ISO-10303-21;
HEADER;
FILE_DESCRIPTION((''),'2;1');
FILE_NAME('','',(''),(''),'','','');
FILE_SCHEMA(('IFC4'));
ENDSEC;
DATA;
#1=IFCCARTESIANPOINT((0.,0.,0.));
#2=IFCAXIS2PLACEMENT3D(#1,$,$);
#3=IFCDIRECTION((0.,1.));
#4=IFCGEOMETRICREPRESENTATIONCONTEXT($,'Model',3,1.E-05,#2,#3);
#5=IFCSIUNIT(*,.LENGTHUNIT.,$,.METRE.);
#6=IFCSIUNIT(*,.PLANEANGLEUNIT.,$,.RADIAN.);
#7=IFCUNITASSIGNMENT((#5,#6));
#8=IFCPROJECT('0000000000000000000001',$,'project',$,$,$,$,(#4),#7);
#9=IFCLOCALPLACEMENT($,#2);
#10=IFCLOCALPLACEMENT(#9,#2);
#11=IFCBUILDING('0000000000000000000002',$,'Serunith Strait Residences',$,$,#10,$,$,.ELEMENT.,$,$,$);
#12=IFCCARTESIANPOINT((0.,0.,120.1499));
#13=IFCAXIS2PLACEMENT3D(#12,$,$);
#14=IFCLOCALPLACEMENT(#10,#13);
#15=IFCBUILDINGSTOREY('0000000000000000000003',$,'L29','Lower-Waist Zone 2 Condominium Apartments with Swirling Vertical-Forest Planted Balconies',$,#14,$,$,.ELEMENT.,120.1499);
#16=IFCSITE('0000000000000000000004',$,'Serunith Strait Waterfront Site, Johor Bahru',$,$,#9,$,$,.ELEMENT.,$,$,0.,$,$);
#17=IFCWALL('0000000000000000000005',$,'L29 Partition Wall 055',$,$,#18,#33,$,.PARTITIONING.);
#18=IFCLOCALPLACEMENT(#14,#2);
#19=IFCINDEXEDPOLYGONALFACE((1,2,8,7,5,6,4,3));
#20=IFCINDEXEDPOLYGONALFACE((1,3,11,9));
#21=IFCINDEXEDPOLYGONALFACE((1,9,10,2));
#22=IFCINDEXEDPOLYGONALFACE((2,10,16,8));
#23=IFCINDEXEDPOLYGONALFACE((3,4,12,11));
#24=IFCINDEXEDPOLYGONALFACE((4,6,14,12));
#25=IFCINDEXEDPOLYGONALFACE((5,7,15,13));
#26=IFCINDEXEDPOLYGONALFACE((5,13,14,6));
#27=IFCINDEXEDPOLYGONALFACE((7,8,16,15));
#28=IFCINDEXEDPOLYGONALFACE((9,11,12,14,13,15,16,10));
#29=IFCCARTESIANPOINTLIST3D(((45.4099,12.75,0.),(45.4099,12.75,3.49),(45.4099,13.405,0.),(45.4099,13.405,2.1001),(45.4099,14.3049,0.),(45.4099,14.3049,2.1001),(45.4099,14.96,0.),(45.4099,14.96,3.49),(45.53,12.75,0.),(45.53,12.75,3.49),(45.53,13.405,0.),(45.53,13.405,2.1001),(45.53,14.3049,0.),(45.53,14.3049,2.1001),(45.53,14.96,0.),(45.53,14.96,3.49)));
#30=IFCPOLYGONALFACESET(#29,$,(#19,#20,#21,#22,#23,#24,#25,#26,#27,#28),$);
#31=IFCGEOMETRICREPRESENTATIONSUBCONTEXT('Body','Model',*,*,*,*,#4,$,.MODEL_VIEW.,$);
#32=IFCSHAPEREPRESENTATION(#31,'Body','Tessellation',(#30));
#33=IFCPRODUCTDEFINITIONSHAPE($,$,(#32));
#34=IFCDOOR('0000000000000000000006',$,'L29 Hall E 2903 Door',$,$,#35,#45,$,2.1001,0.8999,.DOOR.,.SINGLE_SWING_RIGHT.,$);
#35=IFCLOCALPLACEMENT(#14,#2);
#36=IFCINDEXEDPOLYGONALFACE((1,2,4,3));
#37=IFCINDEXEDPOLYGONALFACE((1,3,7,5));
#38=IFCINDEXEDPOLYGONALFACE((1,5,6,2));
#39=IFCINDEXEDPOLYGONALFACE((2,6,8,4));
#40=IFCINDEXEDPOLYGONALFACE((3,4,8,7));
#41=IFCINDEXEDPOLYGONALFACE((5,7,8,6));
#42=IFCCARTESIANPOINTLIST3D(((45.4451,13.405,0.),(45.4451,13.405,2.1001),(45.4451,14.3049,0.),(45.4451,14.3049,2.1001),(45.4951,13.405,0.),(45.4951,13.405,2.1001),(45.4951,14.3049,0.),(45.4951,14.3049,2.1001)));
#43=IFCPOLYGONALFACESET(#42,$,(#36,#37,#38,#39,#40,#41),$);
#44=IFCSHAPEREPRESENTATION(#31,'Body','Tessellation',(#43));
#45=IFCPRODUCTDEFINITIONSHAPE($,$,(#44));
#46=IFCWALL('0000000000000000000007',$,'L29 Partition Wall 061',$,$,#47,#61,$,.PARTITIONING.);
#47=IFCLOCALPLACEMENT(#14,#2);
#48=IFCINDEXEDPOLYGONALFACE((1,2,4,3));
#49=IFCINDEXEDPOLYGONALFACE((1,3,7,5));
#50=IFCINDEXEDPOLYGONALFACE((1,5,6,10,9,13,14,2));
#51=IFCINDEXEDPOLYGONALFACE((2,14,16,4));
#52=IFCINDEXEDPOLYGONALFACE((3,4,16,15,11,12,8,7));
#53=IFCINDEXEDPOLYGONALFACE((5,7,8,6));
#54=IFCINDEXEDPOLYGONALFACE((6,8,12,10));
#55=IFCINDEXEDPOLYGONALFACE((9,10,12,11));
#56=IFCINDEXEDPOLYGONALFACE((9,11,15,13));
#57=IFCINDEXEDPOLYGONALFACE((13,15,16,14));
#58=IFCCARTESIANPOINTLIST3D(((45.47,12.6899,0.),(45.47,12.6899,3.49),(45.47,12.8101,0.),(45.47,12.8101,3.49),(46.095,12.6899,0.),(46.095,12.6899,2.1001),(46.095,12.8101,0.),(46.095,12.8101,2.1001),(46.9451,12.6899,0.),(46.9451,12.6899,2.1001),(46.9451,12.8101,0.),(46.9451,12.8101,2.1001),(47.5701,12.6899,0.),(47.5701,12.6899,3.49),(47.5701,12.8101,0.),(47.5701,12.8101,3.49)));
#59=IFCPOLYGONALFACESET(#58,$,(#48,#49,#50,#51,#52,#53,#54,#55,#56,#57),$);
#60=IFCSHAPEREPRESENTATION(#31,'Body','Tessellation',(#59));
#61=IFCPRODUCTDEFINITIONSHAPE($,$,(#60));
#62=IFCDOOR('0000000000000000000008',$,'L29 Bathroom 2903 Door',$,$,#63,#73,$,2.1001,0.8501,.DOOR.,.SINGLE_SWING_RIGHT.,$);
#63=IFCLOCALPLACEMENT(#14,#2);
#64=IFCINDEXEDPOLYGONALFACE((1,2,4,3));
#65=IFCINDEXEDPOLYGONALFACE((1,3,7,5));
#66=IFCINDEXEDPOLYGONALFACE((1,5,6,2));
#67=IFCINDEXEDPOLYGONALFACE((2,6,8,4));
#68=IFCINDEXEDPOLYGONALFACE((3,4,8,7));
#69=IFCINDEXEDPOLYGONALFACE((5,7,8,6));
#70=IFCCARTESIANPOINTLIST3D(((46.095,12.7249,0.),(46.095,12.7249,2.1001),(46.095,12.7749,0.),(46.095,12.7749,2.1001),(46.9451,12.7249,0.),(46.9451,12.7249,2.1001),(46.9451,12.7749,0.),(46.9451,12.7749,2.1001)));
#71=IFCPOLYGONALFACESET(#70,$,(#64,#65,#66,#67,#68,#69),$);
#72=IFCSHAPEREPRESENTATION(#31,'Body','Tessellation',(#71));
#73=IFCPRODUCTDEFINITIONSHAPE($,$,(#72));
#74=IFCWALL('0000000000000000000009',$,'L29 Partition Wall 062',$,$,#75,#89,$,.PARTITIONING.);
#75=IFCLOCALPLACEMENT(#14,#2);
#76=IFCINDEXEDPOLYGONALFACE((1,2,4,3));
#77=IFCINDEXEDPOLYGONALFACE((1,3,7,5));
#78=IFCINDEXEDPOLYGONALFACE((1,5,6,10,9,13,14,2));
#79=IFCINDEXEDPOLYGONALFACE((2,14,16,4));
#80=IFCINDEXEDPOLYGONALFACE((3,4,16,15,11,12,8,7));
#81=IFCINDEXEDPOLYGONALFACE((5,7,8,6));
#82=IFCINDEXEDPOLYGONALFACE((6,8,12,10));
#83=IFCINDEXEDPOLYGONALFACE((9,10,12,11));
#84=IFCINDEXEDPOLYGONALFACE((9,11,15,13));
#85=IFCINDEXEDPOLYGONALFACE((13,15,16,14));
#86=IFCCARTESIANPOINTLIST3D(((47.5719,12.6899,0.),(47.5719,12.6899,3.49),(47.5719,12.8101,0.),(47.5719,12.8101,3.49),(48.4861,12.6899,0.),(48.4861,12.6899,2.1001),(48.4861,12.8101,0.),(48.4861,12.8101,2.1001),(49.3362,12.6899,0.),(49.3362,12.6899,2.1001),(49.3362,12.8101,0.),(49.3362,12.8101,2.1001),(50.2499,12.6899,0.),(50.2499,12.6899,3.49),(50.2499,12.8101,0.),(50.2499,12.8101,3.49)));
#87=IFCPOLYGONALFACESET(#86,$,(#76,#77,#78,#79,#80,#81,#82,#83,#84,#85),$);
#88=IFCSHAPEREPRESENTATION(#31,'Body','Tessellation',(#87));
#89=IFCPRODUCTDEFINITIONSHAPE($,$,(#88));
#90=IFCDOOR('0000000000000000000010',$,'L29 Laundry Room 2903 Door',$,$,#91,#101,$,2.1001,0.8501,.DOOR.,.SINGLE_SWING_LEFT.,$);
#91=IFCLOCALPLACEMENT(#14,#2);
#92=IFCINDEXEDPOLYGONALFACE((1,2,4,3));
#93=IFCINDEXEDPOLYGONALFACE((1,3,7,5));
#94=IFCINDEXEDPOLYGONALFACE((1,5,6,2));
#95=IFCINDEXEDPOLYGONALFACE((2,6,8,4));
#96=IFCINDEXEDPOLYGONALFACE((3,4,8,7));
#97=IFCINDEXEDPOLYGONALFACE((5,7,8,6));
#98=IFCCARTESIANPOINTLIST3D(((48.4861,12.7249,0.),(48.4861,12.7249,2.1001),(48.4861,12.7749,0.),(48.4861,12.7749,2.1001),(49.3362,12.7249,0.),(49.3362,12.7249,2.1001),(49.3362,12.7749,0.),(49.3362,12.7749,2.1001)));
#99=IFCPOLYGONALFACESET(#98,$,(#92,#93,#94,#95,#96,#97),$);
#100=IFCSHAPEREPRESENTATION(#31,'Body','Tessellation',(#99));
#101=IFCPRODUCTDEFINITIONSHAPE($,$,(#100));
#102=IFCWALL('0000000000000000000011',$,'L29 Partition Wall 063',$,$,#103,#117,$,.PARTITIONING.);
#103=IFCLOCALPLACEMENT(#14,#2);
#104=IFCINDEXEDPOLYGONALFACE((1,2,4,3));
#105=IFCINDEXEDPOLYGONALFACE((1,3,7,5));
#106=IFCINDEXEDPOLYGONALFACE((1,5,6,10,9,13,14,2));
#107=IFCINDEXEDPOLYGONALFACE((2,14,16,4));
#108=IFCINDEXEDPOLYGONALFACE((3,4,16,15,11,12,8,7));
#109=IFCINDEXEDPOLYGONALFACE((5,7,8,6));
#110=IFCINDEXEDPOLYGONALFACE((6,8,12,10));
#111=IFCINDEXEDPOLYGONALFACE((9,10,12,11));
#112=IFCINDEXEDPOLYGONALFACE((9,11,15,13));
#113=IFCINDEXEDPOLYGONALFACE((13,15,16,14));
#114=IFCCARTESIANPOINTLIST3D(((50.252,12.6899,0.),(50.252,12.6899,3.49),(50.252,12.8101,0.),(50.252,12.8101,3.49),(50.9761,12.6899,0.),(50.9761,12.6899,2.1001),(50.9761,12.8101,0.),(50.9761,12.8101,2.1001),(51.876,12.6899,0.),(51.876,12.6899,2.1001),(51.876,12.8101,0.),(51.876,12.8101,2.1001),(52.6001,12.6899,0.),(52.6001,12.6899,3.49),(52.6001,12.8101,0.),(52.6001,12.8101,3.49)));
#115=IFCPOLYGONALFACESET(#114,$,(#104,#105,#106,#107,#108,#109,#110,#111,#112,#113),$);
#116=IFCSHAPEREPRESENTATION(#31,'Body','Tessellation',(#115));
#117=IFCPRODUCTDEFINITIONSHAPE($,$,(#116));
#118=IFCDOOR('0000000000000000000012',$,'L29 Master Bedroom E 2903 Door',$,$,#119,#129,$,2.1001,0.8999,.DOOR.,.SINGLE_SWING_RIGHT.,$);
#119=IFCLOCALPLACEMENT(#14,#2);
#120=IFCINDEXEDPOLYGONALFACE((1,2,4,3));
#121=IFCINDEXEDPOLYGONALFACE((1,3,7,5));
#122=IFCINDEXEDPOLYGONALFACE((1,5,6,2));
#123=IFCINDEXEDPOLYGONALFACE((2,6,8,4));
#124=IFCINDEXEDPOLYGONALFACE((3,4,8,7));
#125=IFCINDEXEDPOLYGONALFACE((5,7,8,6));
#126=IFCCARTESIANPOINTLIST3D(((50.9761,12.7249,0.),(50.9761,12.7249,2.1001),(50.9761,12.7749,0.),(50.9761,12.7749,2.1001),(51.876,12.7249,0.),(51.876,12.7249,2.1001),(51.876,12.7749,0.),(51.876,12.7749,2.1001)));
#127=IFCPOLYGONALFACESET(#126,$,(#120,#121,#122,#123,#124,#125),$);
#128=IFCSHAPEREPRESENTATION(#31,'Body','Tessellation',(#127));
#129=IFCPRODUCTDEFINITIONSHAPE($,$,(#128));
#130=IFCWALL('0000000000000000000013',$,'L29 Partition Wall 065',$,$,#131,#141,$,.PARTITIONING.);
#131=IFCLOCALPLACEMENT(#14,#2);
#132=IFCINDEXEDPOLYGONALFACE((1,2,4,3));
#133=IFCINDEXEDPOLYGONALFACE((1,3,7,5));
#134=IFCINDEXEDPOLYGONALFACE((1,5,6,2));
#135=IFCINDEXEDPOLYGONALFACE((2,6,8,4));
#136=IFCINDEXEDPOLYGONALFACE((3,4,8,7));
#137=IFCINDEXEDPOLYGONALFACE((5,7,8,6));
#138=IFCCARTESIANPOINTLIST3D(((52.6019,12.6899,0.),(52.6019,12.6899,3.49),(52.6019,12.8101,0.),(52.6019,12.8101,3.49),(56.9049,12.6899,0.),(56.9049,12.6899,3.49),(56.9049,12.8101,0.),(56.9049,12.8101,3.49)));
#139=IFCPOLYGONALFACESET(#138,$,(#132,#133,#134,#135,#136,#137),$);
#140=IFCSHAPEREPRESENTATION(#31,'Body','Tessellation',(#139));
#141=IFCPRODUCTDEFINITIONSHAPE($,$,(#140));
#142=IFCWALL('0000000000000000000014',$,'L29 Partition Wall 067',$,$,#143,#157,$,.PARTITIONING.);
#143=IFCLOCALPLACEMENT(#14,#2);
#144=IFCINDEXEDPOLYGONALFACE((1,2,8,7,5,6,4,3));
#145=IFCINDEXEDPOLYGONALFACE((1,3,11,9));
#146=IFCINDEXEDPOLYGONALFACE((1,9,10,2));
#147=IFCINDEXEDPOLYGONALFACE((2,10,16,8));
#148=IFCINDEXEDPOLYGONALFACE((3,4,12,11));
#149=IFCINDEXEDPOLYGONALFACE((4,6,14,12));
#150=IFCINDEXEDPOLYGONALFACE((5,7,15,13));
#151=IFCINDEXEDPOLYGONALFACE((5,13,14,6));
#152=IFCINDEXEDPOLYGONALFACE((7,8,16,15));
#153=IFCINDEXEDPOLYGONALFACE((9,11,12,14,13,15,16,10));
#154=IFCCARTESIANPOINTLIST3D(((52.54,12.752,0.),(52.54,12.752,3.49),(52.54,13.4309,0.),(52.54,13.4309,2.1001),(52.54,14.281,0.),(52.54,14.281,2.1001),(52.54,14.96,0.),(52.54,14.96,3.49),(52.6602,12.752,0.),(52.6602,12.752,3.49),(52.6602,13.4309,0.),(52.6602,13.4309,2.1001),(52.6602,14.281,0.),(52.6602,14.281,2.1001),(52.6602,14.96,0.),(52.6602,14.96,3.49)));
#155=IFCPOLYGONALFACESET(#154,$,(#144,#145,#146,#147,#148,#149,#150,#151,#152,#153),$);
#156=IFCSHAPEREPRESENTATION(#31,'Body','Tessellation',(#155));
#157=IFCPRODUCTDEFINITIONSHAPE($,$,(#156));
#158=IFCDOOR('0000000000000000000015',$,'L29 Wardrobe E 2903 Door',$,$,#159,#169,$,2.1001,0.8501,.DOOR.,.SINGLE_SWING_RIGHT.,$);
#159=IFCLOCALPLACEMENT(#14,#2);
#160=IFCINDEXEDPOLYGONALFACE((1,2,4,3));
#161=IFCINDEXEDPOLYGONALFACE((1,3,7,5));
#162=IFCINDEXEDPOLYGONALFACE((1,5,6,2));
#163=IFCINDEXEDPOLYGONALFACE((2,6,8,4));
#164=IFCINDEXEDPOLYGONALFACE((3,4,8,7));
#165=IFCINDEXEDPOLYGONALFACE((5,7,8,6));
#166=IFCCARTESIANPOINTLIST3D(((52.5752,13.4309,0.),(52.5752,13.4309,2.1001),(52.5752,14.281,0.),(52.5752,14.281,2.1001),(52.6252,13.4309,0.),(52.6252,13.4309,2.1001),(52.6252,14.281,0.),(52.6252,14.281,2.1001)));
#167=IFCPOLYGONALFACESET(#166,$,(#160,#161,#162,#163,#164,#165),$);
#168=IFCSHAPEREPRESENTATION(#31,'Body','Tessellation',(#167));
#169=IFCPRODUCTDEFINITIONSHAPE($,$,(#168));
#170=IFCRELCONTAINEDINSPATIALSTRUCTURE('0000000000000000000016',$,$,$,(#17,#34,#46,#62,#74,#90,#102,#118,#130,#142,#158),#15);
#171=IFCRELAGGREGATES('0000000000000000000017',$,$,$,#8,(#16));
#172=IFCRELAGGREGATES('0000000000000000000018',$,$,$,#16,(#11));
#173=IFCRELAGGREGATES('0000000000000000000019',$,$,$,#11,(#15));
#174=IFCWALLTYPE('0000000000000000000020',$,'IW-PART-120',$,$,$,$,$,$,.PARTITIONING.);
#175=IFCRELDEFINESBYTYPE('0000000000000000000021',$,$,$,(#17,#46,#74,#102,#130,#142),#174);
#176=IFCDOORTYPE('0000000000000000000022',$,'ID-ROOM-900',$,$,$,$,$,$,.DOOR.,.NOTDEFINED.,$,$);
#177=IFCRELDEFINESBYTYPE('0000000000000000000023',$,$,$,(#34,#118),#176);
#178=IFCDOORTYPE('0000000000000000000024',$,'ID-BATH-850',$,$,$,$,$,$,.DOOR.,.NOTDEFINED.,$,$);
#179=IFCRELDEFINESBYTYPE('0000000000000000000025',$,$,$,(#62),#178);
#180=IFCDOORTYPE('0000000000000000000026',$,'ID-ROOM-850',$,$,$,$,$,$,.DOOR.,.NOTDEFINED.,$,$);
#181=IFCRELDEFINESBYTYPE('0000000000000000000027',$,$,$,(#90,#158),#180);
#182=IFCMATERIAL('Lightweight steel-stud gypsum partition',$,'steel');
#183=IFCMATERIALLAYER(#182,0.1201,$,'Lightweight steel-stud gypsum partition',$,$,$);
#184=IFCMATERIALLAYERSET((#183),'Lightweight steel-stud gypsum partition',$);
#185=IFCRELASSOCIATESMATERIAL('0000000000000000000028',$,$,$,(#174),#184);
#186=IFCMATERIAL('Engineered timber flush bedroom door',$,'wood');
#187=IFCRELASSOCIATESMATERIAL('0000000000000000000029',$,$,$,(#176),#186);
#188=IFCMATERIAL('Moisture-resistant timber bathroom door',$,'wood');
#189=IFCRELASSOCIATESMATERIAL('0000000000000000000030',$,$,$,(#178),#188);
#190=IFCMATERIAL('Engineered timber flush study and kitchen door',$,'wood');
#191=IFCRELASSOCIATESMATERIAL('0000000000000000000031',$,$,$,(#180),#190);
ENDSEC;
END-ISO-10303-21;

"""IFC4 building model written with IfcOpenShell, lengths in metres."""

from ifc_helpers import new_model, si_unit, direction, frame, frame_2d, origin, place, context, subcontext, project, spatial, rectangle, extrude, source, transform, mapped, material, layer, layer_set, type_object, element, fill, save


model = new_model("IFC4")

# Units and contexts
model_context = context("Model", 3, precision=1e-05, world=origin(), true_north=direction((0.0, 1.0)))
body_context = subcontext(model_context, "Body", "Model", "MODEL_VIEW")
ifc_project = project(units=[si_unit("LENGTHUNIT", "METRE"), si_unit("PLANEANGLEUNIT", "RADIAN")], contexts=[model_context])

# Site, building, storey
site_placement = place(None, origin())
site = spatial("IfcSite", under=ifc_project, at=site_placement, Name="Serunith Strait Waterfront Site, Johor Bahru", CompositionType="ELEMENT", RefElevation=0.0)
building_placement = place(site_placement, origin())
building = spatial("IfcBuilding", under=site, at=building_placement, Name="Serunith Strait Residences", CompositionType="ELEMENT")
storey_placement = place(building_placement, frame((0.0, 0.0, 120.1499)))
storey = spatial("IfcBuildingStorey", under=building, at=storey_placement, Name="L29", Description="Lower-Waist Zone 2 Condominium Apartments with Swirling Vertical-Forest Planted Balconies", CompositionType="ELEMENT", Elevation=120.1499)

# Walls, openings, doors
ifc_material_1 = material(Name="Lightweight steel-stud gypsum partition", Category="steel")
ifc_layer_1 = layer(ifc_material_1, 0.1201, Name="Lightweight steel-stud gypsum partition")
ifc_layer_set_1 = layer_set([ifc_layer_1], Name="Lightweight steel-stud gypsum partition")
wall_type = type_object("IfcWallType", Name="IW-PART-120", PredefinedType="PARTITIONING", material=ifc_layer_set_1)
wall_1_placement = place(storey_placement, frame((45.47, 12.75, 0.0), z_axis=(0.0, 0.0, 1.0), x_axis=(0.0, 1.0, 0.0)))
wall_1 = element("IfcWall", 1, at=wall_1_placement, inside=storey, type_object=wall_type, Name="L29 Partition Wall 055", PredefinedType="PARTITIONING", context=body_context, shape_type="SweptSolid", body=[
    extrude(rectangle(XDim=2.21, YDim=0.1201, at=frame_2d((1.105, 0.0))), origin(), (0.0, 0.0, 1.0), 3.49),
])
opening_1_placement = place(wall_1_placement, frame((0.655, 0.0, 0.0)))
opening_1 = element("IfcOpeningElement", 2, at=opening_1_placement, cuts=wall_1, PredefinedType="OPENING", context=body_context, shape_type="SweptSolid", body=[
    extrude(rectangle(XDim=0.8999, YDim=2.1001, at=frame_2d((0.45, 1.05))), frame((0.0, 0.0701, 0.0), z_axis=(0.0, -1.0, 0.0), x_axis=(1.0, 0.0, 0.0)), (0.0, 0.0, 1.0), 0.1401),
])
ifc_material_2 = material(Name="Engineered timber flush bedroom door", Category="wood")
door_type_1 = type_object("IfcDoorType", Name="ID-ROOM-900", OperationType="NOTDEFINED", PredefinedType="DOOR", material=ifc_material_2)
shared_shape_1 = source(origin(), body_context, "Body", "SweptSolid", [
    extrude(rectangle(XDim=0.8999, YDim=2.1001, at=frame_2d((0.45, 1.05))), frame((0.0, 0.0249, 0.0), z_axis=(0.0, -1.0, 0.0), x_axis=(1.0, 0.0, 0.0)), (0.0, 0.0, 1.0), 0.05),
])
door_1_placement = place(opening_1_placement, origin())
door_1 = element("IfcDoor", 3, at=door_1_placement, inside=storey, type_object=door_type_1, Name="L29 Hall E 2903 Door", OperationType="SINGLE_SWING_RIGHT", OverallHeight=2.1001, OverallWidth=0.8999, PredefinedType="DOOR", context=body_context, shape_type="MappedRepresentation", body=[
    mapped(shared_shape_1, transform((0.0, 0.0, 0.0), scale=1.0)),
])
fill(opening_1, door_1)
wall_2_placement = place(storey_placement, frame((45.47, 12.75, 0.0), z_axis=(0.0, 0.0, 1.0), x_axis=(1.0, 0.0, 0.0)))
wall_2 = element("IfcWall", 4, at=wall_2_placement, inside=storey, type_object=wall_type, Name="L29 Partition Wall 061", PredefinedType="PARTITIONING", context=body_context, shape_type="SweptSolid", body=[
    extrude(rectangle(XDim=2.1001, YDim=0.1201, at=frame_2d((1.05, 0.0))), origin(), (0.0, 0.0, 1.0), 3.49),
])
opening_2_placement = place(wall_2_placement, frame((0.625, 0.0, 0.0)))
opening_2 = element("IfcOpeningElement", 5, at=opening_2_placement, cuts=wall_2, PredefinedType="OPENING", context=body_context, shape_type="SweptSolid", body=[
    extrude(rectangle(XDim=0.8501, YDim=2.1001, at=frame_2d((0.425, 1.05))), frame((0.0, 0.0701, 0.0), z_axis=(0.0, -1.0, 0.0), x_axis=(1.0, 0.0, 0.0)), (0.0, 0.0, 1.0), 0.1401),
])
ifc_material_3 = material(Name="Moisture-resistant timber bathroom door", Category="wood")
door_type_2 = type_object("IfcDoorType", Name="ID-BATH-850", OperationType="NOTDEFINED", PredefinedType="DOOR", material=ifc_material_3)
shared_shape_2 = source(origin(), body_context, "Body", "SweptSolid", [
    extrude(rectangle(XDim=0.8501, YDim=2.1001, at=frame_2d((0.425, 1.05))), frame((0.0, 0.0249, 0.0), z_axis=(0.0, -1.0, 0.0), x_axis=(1.0, 0.0, 0.0)), (0.0, 0.0, 1.0), 0.05),
])
door_2_placement = place(opening_2_placement, origin())
door_2 = element("IfcDoor", 6, at=door_2_placement, inside=storey, type_object=door_type_2, Name="L29 Bathroom 2903 Door", OperationType="SINGLE_SWING_RIGHT", OverallHeight=2.1001, OverallWidth=0.8501, PredefinedType="DOOR", context=body_context, shape_type="MappedRepresentation", body=[
    mapped(shared_shape_2, transform((0.0, 0.0, 0.0), scale=1.0)),
])
fill(opening_2, door_2)
wall_3_placement = place(storey_placement, frame((47.572, 12.75, 0.0), z_axis=(0.0, 0.0, 1.0), x_axis=(1.0, 0.0, 0.0)))
wall_3 = element("IfcWall", 7, at=wall_3_placement, inside=storey, type_object=wall_type, Name="L29 Partition Wall 062", PredefinedType="PARTITIONING", context=body_context, shape_type="SweptSolid", body=[
    extrude(rectangle(XDim=2.678, YDim=0.1201, at=frame_2d((1.3389, 0.0))), origin(), (0.0, 0.0, 1.0), 3.49),
])
opening_3_placement = place(wall_3_placement, frame((0.9141, 0.0, 0.0)))
opening_3 = element("IfcOpeningElement", 8, at=opening_3_placement, cuts=wall_3, PredefinedType="OPENING", context=body_context, shape_type="SweptSolid", body=[
    extrude(rectangle(XDim=0.8501, YDim=2.1001, at=frame_2d((0.425, 1.05))), frame((0.0, 0.0701, 0.0), z_axis=(0.0, -1.0, 0.0), x_axis=(1.0, 0.0, 0.0)), (0.0, 0.0, 1.0), 0.1401),
])
ifc_material_4 = material(Name="Engineered timber flush study and kitchen door", Category="wood")
door_type_3 = type_object("IfcDoorType", Name="ID-ROOM-850", OperationType="NOTDEFINED", PredefinedType="DOOR", material=ifc_material_4)
door_3_placement = place(opening_3_placement, origin())
door_3 = element("IfcDoor", 9, at=door_3_placement, inside=storey, type_object=door_type_3, Name="L29 Laundry Room 2903 Door", OperationType="SINGLE_SWING_LEFT", OverallHeight=2.1001, OverallWidth=0.8501, PredefinedType="DOOR", context=body_context, shape_type="MappedRepresentation", body=[
    mapped(shared_shape_2, transform((0.0, 0.0, 0.0), scale=1.0)),
])
fill(opening_3, door_3)
wall_4_placement = place(storey_placement, frame((50.252, 12.75, 0.0), z_axis=(0.0, 0.0, 1.0), x_axis=(1.0, 0.0, 0.0)))
wall_4 = element("IfcWall", 10, at=wall_4_placement, inside=storey, type_object=wall_type, Name="L29 Partition Wall 063", PredefinedType="PARTITIONING", context=body_context, shape_type="SweptSolid", body=[
    extrude(rectangle(XDim=2.3481, YDim=0.1201, at=frame_2d((1.1741, 0.0))), origin(), (0.0, 0.0, 1.0), 3.49),
])
opening_4_placement = place(wall_4_placement, frame((0.7241, 0.0, 0.0)))
opening_4 = element("IfcOpeningElement", 11, at=opening_4_placement, cuts=wall_4, PredefinedType="OPENING", context=body_context, shape_type="SweptSolid", body=[
    extrude(rectangle(XDim=0.8999, YDim=2.1001, at=frame_2d((0.45, 1.05))), frame((0.0, 0.0701, 0.0), z_axis=(0.0, -1.0, 0.0), x_axis=(1.0, 0.0, 0.0)), (0.0, 0.0, 1.0), 0.1401),
])
door_4_placement = place(opening_4_placement, origin())
door_4 = element("IfcDoor", 12, at=door_4_placement, inside=storey, type_object=door_type_1, Name="L29 Master Bedroom E 2903 Door", OperationType="SINGLE_SWING_RIGHT", OverallHeight=2.1001, OverallWidth=0.8999, PredefinedType="DOOR", context=body_context, shape_type="MappedRepresentation", body=[
    mapped(shared_shape_1, transform((0.0, 0.0, 0.0), scale=1.0)),
])
fill(opening_4, door_4)

# Wall
wall_5_placement = place(storey_placement, frame((52.6021, 12.75, 0.0), z_axis=(0.0, 0.0, 1.0), x_axis=(1.0, 0.0, 0.0)))
element("IfcWall", 13, at=wall_5_placement, inside=storey, type_object=wall_type, Name="L29 Partition Wall 065", PredefinedType="PARTITIONING", context=body_context, shape_type="SweptSolid", body=[
    extrude(rectangle(XDim=4.303, YDim=0.1201, at=frame_2d((2.1514, 0.0))), origin(), (0.0, 0.0, 1.0), 3.49),
])

# Wall, opening, door
wall_6_placement = place(storey_placement, frame((52.6001, 12.752, 0.0), z_axis=(0.0, 0.0, 1.0), x_axis=(0.0, 1.0, 0.0)))
wall_6 = element("IfcWall", 14, at=wall_6_placement, inside=storey, type_object=wall_type, Name="L29 Partition Wall 067", PredefinedType="PARTITIONING", context=body_context, shape_type="SweptSolid", body=[
    extrude(rectangle(XDim=2.208, YDim=0.1201, at=frame_2d((1.104, 0.0))), origin(), (0.0, 0.0, 1.0), 3.49),
])
opening_5_placement = place(wall_6_placement, frame((0.679, 0.0, 0.0)))
opening_5 = element("IfcOpeningElement", 15, at=opening_5_placement, cuts=wall_6, PredefinedType="OPENING", context=body_context, shape_type="SweptSolid", body=[
    extrude(rectangle(XDim=0.8501, YDim=2.1001, at=frame_2d((0.425, 1.05))), frame((0.0, 0.0701, 0.0), z_axis=(0.0, -1.0, 0.0), x_axis=(1.0, 0.0, 0.0)), (0.0, 0.0, 1.0), 0.1401),
])
door_5_placement = place(opening_5_placement, origin())
door_5 = element("IfcDoor", 16, at=door_5_placement, inside=storey, type_object=door_type_3, Name="L29 Wardrobe E 2903 Door", OperationType="SINGLE_SWING_RIGHT", OverallHeight=2.1001, OverallWidth=0.8501, PredefinedType="DOOR", context=body_context, shape_type="MappedRepresentation", body=[
    mapped(shared_shape_2, transform((0.0, 0.0, 0.0), scale=1.0)),
])
fill(opening_5, door_5)

save(model, "model.ifc")
